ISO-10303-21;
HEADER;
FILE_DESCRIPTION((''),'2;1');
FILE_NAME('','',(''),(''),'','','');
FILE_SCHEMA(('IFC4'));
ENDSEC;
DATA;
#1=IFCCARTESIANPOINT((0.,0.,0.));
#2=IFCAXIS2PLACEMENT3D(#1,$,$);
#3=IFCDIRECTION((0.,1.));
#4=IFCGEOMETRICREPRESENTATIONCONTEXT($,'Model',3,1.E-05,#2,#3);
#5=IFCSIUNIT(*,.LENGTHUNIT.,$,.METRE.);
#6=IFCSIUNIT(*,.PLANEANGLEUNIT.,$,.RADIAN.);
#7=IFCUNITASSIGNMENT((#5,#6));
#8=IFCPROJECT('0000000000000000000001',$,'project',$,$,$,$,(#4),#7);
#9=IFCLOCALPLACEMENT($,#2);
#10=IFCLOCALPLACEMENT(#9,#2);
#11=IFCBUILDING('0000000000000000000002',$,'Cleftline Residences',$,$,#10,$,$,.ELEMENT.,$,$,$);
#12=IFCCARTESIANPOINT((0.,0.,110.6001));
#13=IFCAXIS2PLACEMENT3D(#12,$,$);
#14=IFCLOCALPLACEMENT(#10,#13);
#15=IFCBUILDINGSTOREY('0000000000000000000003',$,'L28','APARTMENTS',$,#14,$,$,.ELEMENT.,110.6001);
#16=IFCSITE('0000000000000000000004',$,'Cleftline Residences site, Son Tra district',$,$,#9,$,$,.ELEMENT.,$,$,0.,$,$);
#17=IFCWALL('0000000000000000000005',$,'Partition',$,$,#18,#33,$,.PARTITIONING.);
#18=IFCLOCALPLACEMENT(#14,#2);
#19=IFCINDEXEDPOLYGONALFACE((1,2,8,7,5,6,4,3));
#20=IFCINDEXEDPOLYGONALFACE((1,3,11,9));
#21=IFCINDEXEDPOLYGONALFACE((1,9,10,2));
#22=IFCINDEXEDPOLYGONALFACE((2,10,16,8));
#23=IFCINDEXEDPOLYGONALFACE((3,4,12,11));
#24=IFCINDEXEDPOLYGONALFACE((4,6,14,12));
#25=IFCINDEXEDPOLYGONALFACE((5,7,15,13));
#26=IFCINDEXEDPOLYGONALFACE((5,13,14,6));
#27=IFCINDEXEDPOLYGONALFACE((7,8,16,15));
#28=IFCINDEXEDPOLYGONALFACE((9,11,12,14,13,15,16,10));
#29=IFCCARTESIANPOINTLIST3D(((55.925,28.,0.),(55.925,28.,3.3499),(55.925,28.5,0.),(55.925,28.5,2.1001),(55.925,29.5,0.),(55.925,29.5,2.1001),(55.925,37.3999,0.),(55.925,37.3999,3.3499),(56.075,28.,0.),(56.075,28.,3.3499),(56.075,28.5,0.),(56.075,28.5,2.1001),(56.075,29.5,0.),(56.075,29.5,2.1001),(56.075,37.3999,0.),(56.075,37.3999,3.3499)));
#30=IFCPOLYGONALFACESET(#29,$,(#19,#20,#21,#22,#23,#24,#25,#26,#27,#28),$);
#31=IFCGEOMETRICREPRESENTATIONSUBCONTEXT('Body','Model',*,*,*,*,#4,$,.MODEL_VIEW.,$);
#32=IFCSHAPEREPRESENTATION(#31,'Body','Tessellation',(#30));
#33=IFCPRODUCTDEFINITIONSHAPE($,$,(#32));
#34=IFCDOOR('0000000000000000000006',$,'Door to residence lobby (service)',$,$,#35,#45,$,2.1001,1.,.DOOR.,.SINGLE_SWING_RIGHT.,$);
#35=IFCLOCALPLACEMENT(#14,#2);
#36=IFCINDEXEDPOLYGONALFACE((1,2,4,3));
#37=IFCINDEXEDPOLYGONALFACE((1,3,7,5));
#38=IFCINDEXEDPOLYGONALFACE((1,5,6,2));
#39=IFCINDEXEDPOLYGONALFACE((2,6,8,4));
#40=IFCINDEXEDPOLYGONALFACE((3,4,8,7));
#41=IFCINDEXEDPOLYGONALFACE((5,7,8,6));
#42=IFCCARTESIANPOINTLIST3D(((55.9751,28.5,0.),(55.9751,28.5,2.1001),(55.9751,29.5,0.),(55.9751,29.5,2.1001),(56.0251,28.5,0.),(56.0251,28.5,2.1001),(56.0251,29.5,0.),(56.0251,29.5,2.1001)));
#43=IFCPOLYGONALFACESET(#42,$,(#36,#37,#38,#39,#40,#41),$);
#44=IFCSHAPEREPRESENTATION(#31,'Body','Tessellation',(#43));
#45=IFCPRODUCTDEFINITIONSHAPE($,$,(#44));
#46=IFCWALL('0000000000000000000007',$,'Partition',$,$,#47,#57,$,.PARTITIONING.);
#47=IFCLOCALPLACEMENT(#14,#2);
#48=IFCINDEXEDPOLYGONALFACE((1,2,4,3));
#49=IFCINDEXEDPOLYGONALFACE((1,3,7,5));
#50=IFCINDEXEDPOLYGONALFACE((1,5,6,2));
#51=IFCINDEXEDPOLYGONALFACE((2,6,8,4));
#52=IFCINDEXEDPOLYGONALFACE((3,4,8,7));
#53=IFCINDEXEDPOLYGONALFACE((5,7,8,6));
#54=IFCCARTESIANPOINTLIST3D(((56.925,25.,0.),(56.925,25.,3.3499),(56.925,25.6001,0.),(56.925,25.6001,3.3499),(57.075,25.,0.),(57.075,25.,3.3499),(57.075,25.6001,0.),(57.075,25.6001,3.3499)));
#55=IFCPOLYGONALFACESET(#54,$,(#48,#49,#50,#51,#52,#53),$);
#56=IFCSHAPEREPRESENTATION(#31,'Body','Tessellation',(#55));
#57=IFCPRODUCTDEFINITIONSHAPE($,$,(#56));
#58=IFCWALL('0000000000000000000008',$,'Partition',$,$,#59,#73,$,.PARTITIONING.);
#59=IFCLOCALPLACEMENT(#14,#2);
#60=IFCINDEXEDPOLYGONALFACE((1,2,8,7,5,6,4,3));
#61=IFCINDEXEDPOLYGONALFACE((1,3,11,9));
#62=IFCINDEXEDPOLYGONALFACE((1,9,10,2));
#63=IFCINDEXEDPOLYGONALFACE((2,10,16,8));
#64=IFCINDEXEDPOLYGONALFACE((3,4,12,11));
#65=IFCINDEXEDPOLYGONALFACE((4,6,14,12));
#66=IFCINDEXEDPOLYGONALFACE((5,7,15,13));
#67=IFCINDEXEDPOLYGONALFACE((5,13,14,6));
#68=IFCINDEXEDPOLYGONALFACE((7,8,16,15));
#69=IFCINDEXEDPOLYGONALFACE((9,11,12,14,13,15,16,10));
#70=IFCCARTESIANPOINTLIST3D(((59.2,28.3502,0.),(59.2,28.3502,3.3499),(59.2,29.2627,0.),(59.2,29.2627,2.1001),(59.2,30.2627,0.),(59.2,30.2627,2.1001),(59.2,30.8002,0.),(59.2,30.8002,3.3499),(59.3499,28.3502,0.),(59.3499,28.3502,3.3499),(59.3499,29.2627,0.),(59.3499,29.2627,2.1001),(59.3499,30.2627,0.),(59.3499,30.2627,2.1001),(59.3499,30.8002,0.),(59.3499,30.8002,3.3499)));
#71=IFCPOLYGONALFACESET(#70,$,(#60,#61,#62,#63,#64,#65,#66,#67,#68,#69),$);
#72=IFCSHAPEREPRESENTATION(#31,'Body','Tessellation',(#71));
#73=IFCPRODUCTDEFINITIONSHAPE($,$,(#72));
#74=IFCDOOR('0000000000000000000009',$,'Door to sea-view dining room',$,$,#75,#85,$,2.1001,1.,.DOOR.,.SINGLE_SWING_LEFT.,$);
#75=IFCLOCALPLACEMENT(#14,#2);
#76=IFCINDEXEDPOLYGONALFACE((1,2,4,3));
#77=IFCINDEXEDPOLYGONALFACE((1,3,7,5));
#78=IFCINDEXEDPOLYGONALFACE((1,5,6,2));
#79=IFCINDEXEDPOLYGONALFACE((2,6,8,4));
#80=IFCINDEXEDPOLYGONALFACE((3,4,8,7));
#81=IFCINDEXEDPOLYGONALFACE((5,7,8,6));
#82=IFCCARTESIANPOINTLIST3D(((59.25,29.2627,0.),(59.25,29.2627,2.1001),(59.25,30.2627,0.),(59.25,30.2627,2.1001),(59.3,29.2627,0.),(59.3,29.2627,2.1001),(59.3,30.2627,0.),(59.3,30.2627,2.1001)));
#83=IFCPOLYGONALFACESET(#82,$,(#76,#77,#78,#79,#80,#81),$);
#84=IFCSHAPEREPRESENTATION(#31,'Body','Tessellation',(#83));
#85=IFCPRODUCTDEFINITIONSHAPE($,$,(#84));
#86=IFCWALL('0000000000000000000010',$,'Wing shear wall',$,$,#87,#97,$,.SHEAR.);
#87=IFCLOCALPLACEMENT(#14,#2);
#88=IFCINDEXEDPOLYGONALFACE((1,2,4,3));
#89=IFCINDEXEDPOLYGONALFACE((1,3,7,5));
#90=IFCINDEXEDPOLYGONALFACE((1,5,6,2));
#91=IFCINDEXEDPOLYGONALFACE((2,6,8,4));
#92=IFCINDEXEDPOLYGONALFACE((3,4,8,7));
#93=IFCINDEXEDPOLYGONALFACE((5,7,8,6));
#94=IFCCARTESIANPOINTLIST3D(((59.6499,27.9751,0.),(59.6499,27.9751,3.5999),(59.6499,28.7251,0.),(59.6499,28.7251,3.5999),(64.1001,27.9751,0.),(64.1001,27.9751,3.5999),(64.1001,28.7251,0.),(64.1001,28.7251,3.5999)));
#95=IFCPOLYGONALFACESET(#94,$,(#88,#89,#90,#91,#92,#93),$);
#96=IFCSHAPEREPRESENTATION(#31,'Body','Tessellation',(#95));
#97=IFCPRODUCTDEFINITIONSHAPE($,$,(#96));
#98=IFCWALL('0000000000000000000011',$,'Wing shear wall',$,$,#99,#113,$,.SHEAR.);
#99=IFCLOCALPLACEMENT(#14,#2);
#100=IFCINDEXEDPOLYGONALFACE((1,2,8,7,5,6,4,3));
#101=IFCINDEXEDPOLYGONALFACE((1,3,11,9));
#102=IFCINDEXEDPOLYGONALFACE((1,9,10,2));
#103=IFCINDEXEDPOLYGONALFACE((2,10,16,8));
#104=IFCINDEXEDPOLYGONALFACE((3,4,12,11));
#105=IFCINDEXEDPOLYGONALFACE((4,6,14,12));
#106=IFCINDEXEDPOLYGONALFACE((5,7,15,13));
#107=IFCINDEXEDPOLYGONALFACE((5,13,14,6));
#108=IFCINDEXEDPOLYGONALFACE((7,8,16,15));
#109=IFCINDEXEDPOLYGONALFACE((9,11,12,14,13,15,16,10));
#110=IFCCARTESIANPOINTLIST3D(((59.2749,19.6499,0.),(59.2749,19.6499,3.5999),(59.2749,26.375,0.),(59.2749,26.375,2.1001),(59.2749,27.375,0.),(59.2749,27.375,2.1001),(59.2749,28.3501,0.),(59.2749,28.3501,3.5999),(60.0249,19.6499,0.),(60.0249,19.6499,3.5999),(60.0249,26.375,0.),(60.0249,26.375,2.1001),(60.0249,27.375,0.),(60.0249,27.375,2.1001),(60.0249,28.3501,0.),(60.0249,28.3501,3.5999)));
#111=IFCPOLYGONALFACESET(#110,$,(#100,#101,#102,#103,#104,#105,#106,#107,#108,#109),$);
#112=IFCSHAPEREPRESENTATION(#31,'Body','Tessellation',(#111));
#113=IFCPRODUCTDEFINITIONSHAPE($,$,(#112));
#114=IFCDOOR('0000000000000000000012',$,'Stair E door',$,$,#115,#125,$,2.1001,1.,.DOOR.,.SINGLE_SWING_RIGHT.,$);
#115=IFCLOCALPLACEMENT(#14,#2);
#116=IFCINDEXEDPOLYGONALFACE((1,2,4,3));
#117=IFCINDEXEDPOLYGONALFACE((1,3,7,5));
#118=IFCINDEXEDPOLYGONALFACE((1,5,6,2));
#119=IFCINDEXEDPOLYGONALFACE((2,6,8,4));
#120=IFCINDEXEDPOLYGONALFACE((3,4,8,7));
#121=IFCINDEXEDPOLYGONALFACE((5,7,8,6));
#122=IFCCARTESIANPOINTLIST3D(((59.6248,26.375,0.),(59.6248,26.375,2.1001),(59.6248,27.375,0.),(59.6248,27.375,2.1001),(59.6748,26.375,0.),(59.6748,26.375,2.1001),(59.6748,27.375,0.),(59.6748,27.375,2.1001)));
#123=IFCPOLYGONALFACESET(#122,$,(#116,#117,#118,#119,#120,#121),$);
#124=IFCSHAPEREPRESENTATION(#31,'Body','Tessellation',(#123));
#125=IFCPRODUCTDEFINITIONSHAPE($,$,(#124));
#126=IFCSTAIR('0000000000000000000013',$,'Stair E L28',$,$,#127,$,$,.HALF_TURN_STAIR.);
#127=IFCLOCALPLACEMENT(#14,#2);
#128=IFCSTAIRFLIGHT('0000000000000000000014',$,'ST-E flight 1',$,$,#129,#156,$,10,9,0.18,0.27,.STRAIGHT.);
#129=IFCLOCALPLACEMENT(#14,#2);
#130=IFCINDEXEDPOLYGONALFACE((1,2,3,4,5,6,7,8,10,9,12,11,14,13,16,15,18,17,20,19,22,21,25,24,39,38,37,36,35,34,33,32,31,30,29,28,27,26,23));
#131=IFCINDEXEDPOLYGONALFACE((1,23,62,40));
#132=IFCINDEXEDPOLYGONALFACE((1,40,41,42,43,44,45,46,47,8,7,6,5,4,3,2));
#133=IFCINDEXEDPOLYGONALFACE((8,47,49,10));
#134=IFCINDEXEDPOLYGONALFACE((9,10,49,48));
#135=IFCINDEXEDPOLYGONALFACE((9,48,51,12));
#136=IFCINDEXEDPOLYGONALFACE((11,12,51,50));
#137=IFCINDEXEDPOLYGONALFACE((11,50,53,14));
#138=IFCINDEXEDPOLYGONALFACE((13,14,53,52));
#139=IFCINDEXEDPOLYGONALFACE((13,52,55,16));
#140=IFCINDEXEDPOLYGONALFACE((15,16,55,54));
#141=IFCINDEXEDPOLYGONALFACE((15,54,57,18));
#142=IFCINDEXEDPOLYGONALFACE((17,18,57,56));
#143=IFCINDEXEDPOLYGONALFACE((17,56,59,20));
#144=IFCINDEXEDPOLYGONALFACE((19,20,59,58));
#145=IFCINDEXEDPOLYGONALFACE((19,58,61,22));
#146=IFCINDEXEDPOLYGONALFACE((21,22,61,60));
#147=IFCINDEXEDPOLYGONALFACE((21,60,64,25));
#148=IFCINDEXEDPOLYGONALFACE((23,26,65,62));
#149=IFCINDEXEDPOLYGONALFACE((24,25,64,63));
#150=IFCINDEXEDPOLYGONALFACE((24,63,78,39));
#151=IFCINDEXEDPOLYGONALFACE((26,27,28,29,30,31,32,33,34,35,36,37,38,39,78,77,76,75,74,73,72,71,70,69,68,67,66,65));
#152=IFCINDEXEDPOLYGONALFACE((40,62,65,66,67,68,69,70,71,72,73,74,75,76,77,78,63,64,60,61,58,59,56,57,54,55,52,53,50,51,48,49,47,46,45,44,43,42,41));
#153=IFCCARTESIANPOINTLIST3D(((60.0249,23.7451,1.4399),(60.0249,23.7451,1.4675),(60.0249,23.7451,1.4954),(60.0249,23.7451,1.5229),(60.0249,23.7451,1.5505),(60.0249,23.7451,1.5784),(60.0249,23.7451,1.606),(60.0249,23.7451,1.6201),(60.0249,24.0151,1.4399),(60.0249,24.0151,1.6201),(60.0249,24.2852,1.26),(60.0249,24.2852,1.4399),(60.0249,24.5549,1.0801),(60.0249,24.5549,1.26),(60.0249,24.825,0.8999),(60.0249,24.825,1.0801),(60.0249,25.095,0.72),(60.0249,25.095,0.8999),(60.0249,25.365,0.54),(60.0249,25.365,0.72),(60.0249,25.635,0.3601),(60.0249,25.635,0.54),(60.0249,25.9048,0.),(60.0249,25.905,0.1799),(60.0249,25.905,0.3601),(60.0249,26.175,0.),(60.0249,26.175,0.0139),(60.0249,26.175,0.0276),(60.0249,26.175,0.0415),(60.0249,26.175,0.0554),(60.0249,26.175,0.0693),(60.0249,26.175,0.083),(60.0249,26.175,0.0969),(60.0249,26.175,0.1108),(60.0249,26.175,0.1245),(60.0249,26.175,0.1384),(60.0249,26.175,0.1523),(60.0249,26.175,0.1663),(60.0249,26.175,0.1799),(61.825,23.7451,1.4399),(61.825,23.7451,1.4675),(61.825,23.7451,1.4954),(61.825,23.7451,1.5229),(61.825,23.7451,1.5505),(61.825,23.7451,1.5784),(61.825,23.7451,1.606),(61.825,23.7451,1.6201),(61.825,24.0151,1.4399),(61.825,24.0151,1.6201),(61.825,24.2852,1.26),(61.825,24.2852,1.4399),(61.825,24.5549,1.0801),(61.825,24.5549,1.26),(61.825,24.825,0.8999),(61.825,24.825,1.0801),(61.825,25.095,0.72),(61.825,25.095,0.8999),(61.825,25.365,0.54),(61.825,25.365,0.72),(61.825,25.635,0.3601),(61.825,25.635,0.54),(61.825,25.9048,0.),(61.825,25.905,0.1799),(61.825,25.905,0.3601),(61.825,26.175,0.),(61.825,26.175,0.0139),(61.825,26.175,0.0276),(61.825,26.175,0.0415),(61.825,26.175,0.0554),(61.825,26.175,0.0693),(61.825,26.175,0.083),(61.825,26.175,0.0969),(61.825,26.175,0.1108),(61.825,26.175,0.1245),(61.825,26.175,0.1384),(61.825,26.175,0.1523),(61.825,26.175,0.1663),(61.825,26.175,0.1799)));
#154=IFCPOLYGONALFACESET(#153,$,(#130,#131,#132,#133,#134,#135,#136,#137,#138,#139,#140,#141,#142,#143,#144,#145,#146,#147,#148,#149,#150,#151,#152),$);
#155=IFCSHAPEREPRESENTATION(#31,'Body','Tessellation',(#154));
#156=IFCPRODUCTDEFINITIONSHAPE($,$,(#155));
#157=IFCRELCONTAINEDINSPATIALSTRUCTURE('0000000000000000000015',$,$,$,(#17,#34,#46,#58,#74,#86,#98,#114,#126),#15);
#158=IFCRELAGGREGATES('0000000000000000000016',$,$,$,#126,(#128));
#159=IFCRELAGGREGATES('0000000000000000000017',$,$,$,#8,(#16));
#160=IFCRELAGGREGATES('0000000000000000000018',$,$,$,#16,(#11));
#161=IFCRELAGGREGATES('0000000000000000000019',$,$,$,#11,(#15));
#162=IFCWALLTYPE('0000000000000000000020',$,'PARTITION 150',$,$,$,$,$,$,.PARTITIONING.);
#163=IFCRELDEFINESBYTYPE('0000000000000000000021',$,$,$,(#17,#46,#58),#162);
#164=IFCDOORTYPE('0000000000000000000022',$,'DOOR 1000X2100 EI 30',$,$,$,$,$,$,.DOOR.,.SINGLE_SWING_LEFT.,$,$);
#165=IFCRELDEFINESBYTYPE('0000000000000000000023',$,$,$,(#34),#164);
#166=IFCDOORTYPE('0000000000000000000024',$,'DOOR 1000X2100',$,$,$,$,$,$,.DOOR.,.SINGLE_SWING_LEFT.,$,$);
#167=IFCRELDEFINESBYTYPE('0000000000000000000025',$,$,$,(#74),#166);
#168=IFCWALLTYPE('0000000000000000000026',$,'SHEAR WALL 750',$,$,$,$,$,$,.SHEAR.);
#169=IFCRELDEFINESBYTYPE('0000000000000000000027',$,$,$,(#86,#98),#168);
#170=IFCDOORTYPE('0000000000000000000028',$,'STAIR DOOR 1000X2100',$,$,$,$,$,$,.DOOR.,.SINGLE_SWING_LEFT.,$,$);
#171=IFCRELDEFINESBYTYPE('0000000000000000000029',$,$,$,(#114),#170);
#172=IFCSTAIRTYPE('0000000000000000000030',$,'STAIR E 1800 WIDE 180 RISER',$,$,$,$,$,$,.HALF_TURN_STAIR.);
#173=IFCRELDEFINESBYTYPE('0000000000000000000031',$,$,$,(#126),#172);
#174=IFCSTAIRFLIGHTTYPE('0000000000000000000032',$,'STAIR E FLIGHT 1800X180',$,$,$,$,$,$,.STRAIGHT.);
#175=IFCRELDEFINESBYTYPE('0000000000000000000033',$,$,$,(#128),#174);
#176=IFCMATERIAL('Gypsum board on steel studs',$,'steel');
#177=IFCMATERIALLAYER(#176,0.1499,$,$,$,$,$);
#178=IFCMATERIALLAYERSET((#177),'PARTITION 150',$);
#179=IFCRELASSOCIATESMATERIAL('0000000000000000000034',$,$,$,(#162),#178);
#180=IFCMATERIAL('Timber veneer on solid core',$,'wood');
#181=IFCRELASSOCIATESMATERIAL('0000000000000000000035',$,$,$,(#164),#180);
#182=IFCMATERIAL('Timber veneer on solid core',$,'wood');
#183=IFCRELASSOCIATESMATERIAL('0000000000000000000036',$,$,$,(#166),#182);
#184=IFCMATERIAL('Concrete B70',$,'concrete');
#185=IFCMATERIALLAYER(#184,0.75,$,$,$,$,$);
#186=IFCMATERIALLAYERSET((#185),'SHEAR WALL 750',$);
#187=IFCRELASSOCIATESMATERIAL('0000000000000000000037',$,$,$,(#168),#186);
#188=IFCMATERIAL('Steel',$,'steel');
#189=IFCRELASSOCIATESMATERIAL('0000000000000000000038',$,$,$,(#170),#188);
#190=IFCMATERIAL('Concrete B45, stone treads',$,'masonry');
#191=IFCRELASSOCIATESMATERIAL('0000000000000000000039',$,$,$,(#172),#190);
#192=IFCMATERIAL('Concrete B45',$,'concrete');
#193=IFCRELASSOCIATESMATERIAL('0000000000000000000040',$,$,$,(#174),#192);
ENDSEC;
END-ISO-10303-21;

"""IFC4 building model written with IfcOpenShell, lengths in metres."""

from ifc_helpers import new_model, si_unit, direction, frame, frame_2d, origin, place, context, subcontext, project, spatial, polyline, rectangle, outline, extrude, material, layer, layer_set, type_object, element, fill, aggregate, save


model = new_model("IFC4")

# Units and contexts
model_context = context("Model", 3, precision=1e-05, world=origin(), true_north=direction((0.0, 1.0)))
body_context = subcontext(model_context, "Body", "Model", "MODEL_VIEW")
ifc_project = project(units=[si_unit("LENGTHUNIT", "METRE"), si_unit("PLANEANGLEUNIT", "RADIAN")], contexts=[model_context])

# Site, building, storey
site_placement = place(None, origin())
site = spatial("IfcSite", under=ifc_project, at=site_placement, Name="Cleftline Residences site, Son Tra district", CompositionType="ELEMENT", RefElevation=0.0)
building_placement = place(site_placement, origin())
building = spatial("IfcBuilding", under=site, at=building_placement, Name="Cleftline Residences", CompositionType="ELEMENT")
storey_placement = place(building_placement, frame((0.0, 0.0, 110.6001)))
storey = spatial("IfcBuildingStorey", under=building, at=storey_placement, Name="L28", Description="APARTMENTS", CompositionType="ELEMENT", Elevation=110.6001)

# Shared definitions
ifc_material_1 = material(Name="Gypsum board on steel studs", Category="steel")
ifc_layer_1 = layer(ifc_material_1, 0.1499)
ifc_layer_set_1 = layer_set([ifc_layer_1], Name="PARTITION 150")
wall_type_1 = type_object("IfcWallType", Name="PARTITION 150", PredefinedType="PARTITIONING", material=ifc_layer_set_1)

# Wall, opening, door
wall_1_placement = place(storey_placement, frame((56.0, 28.0, 0.0), z_axis=(0.0, 0.0, 1.0), x_axis=(0.0, 1.0, 0.0)))
wall_1 = element("IfcWall", 1, at=wall_1_placement, inside=storey, type_object=wall_type_1, Name="Partition", PredefinedType="PARTITIONING", context=body_context, shape_type="SweptSolid", body=[
    extrude(rectangle(XDim=9.3999, YDim=0.1499, at=frame_2d((4.7, 0.0))), origin(), (0.0, 0.0, 1.0), 3.3499),
])
opening_1_placement = place(wall_1_placement, frame((0.5, 0.0, 0.0)))
opening_1 = element("IfcOpeningElement", 2, at=opening_1_placement, cuts=wall_1, PredefinedType="OPENING", context=body_context, shape_type="SweptSolid", body=[
    extrude(rectangle(XDim=1.0, YDim=2.1001, at=frame_2d((0.5, 1.05))), frame((0.0, 0.085, 0.0), z_axis=(0.0, -1.0, 0.0), x_axis=(1.0, 0.0, 0.0)), (0.0, 0.0, 1.0), 0.1699),
])
ifc_material_2 = material(Name="Timber veneer on solid core", Category="wood")
door_type_1 = type_object("IfcDoorType", Name="DOOR 1000X2100 EI 30", OperationType="SINGLE_SWING_LEFT", PredefinedType="DOOR", material=ifc_material_2)
door_1_placement = place(opening_1_placement, origin())
door_1 = element("IfcDoor", 3, at=door_1_placement, inside=storey, type_object=door_type_1, Name="Door to residence lobby (service)", OperationType="SINGLE_SWING_RIGHT", OverallHeight=2.1001, OverallWidth=1.0, PredefinedType="DOOR", context=body_context, shape_type="SweptSolid", body=[
    extrude(rectangle(XDim=1.0, YDim=2.1001, at=frame_2d((0.5, 1.05))), frame((0.0, 0.0249, 0.0), z_axis=(0.0, -1.0, 0.0), x_axis=(1.0, 0.0, 0.0)), (0.0, 0.0, 1.0), 0.05),
])
fill(opening_1, door_1)

# Wall
wall_2_placement = place(storey_placement, frame((57.0, 25.0, 0.0), z_axis=(0.0, 0.0, 1.0), x_axis=(0.0, 1.0, 0.0)))
element("IfcWall", 4, at=wall_2_placement, inside=storey, type_object=wall_type_1, Name="Partition", PredefinedType="PARTITIONING", context=body_context, shape_type="SweptSolid", body=[
    extrude(rectangle(XDim=0.6001, YDim=0.1499, at=frame_2d((0.3, 0.0))), origin(), (0.0, 0.0, 1.0), 3.3499),
])

# Wall, opening, door
wall_3_placement = place(storey_placement, frame((59.2749, 28.3501, 0.0), z_axis=(0.0, 0.0, 1.0), x_axis=(0.0, 1.0, 0.0)))
wall_3 = element("IfcWall", 5, at=wall_3_placement, inside=storey, type_object=wall_type_1, Name="Partition", PredefinedType="PARTITIONING", context=body_context, shape_type="SweptSolid", body=[
    extrude(rectangle(XDim=2.45, YDim=0.1499, at=frame_2d((1.2251, 0.0))), origin(), (0.0, 0.0, 1.0), 3.3499),
])
opening_2_placement = place(wall_3_placement, frame((0.9126, 0.0, 0.0)))
opening_2 = element("IfcOpeningElement", 6, at=opening_2_placement, cuts=wall_3, PredefinedType="OPENING", context=body_context, shape_type="SweptSolid", body=[
    extrude(rectangle(XDim=1.0, YDim=2.1001, at=frame_2d((0.5, 1.05))), frame((0.0, 0.085, 0.0), z_axis=(0.0, -1.0, 0.0), x_axis=(1.0, 0.0, 0.0)), (0.0, 0.0, 1.0), 0.1699),
])
ifc_material_3 = material(Name="Timber veneer on solid core", Category="wood")
door_type_2 = type_object("IfcDoorType", Name="DOOR 1000X2100", OperationType="SINGLE_SWING_LEFT", PredefinedType="DOOR", material=ifc_material_3)
door_2_placement = place(opening_2_placement, origin())
door_2 = element("IfcDoor", 7, at=door_2_placement, inside=storey, type_object=door_type_2, Name="Door to sea-view dining room", OperationType="SINGLE_SWING_LEFT", OverallHeight=2.1001, OverallWidth=1.0, PredefinedType="DOOR", context=body_context, shape_type="SweptSolid", body=[
    extrude(rectangle(XDim=1.0, YDim=2.1001, at=frame_2d((0.5, 1.05))), frame((0.0, 0.0249, 0.0), z_axis=(0.0, -1.0, 0.0), x_axis=(1.0, 0.0, 0.0)), (0.0, 0.0, 1.0), 0.05),
])
fill(opening_2, door_2)

# Wall
ifc_material_4 = material(Name="Concrete B70", Category="concrete")
ifc_layer_2 = layer(ifc_material_4, 0.75)
ifc_layer_set_2 = layer_set([ifc_layer_2], Name="SHEAR WALL 750")
wall_type_2 = type_object("IfcWallType", Name="SHEAR WALL 750", PredefinedType="SHEAR", material=ifc_layer_set_2)
wall_4_placement = place(storey_placement, frame((64.1001, 28.3501, 0.0), z_axis=(0.0, 0.0, 1.0), x_axis=(-1.0, 0.0, 0.0)))
element("IfcWall", 8, at=wall_4_placement, inside=storey, type_object=wall_type_2, Name="Wing shear wall", PredefinedType="SHEAR", context=body_context, shape_type="SweptSolid", body=[
    extrude(rectangle(XDim=4.4502, YDim=0.75, at=frame_2d((2.2251, 0.0))), origin(), (0.0, 0.0, 1.0), 3.5999),
])

# Wall, opening, door
wall_5_placement = place(storey_placement, frame((59.6499, 28.3501, 0.0), z_axis=(0.0, 0.0, 1.0), x_axis=(0.0, -1.0, 0.0)))
wall_5 = element("IfcWall", 9, at=wall_5_placement, inside=storey, type_object=wall_type_2, Name="Wing shear wall", PredefinedType="SHEAR", context=body_context, shape_type="SweptSolid", body=[
    extrude(rectangle(XDim=8.7002, YDim=0.75, at=frame_2d((4.3501, 0.0))), origin(), (0.0, 0.0, 1.0), 3.5999),
])
opening_3_placement = place(wall_5_placement, frame((0.9751, 0.0, 0.0)))
opening_3 = element("IfcOpeningElement", 10, at=opening_3_placement, cuts=wall_5, PredefinedType="OPENING", context=body_context, shape_type="SweptSolid", body=[
    extrude(rectangle(XDim=1.0, YDim=2.1001, at=frame_2d((0.5, 1.05))), frame((0.0, 0.385, 0.0), z_axis=(0.0, -1.0, 0.0), x_axis=(1.0, 0.0, 0.0)), (0.0, 0.0, 1.0), 0.77),
])
ifc_material_5 = material(Name="Steel", Category="steel")
door_type_3 = type_object("IfcDoorType", Name="STAIR DOOR 1000X2100", OperationType="SINGLE_SWING_LEFT", PredefinedType="DOOR", material=ifc_material_5)
door_3_placement = place(opening_3_placement, origin())
door_3 = element("IfcDoor", 11, at=door_3_placement, inside=storey, type_object=door_type_3, Name="Stair E door", OperationType="SINGLE_SWING_RIGHT", OverallHeight=2.1001, OverallWidth=1.0, PredefinedType="DOOR", context=body_context, shape_type="SweptSolid", body=[
    extrude(rectangle(XDim=1.0, YDim=2.1001, at=frame_2d((0.5, 1.05))), frame((0.0, 0.0249, 0.0), z_axis=(0.0, -1.0, 0.0), x_axis=(1.0, 0.0, 0.0)), (0.0, 0.0, 1.0), 0.05),
])
fill(opening_3, door_3)

# Stair, stair flight
ifc_material_6 = material(Name="Concrete B45, stone treads", Category="masonry")
stair_type = type_object("IfcStairType", Name="STAIR E 1800 WIDE 180 RISER", PredefinedType="HALF_TURN_STAIR", material=ifc_material_6)
stair_placement = place(storey_placement, origin())
stair = element("IfcStair", 12, at=stair_placement, inside=storey, type_object=stair_type, Name="Stair E L28", PredefinedType="HALF_TURN_STAIR")
ifc_material_7 = material(Name="Concrete B45", Category="concrete")
stair_flight_type = type_object("IfcStairFlightType", Name="STAIR E FLIGHT 1800X180", PredefinedType="STRAIGHT", material=ifc_material_7)
stair_flight_placement = place(storey_placement, frame((60.925, 26.175, 0.0), z_axis=(0.0, 0.0, 1.0), x_axis=(0.0, -1.0, 0.0)))
stair_flight = element("IfcStairFlight", 13, at=stair_flight_placement, type_object=stair_flight_type, Name="ST-E flight 1", NumberOfRisers=10, NumberOfTreads=9, PredefinedType="STRAIGHT", RiserHeight=0.18, TreadLength=0.27, context=body_context, shape_type="SweptSolid", body=[
    extrude(outline(polyline([(0.0, 0.0), (0.0, 0.0139), (0.0, 0.0276), (0.0, 0.0415), (0.0, 0.0554), (0.0, 0.0693), (0.0, 0.083), (0.0, 0.0969), (0.0, 0.1108), (0.0, 0.1245), (0.0, 0.1384), (0.0, 0.1523), (0.0, 0.1663), (0.0, 0.1799), (0.27, 0.1799), (0.27, 0.3601), (0.54, 0.3601), (0.54, 0.54), (0.8101, 0.54), (0.8101, 0.72), (1.0801, 0.72), (1.0801, 0.8999), (1.3501, 0.8999), (1.3501, 1.0801), (1.6201, 1.0801), (1.6201, 1.26), (1.8899, 1.26), (1.8899, 1.4399), (2.1599, 1.4399), (2.1599, 1.6201), (2.4299, 1.6201), (2.4299, 1.8), (2.4299, 1.7722), (2.4299, 1.7446), (2.4299, 1.7168), (2.4299, 1.6892), (2.4299, 1.6614), (2.4299, 1.6338), (2.4299, 1.606), (2.4299, 1.5784), (2.4299, 1.5505), (2.4299, 1.5229), (2.4299, 1.4954), (2.4299, 1.4675), (2.4299, 1.4399), (0.2703, 0.0), (0.0, 0.0)])), frame((0.0, 0.8999, 0.0), z_axis=(0.0, -1.0, 0.0), x_axis=(1.0, 0.0, 0.0)), (0.0, 0.0, 1.0), 1.8),
])
aggregate(stair, [stair_flight])

save(model, "model.ifc")
